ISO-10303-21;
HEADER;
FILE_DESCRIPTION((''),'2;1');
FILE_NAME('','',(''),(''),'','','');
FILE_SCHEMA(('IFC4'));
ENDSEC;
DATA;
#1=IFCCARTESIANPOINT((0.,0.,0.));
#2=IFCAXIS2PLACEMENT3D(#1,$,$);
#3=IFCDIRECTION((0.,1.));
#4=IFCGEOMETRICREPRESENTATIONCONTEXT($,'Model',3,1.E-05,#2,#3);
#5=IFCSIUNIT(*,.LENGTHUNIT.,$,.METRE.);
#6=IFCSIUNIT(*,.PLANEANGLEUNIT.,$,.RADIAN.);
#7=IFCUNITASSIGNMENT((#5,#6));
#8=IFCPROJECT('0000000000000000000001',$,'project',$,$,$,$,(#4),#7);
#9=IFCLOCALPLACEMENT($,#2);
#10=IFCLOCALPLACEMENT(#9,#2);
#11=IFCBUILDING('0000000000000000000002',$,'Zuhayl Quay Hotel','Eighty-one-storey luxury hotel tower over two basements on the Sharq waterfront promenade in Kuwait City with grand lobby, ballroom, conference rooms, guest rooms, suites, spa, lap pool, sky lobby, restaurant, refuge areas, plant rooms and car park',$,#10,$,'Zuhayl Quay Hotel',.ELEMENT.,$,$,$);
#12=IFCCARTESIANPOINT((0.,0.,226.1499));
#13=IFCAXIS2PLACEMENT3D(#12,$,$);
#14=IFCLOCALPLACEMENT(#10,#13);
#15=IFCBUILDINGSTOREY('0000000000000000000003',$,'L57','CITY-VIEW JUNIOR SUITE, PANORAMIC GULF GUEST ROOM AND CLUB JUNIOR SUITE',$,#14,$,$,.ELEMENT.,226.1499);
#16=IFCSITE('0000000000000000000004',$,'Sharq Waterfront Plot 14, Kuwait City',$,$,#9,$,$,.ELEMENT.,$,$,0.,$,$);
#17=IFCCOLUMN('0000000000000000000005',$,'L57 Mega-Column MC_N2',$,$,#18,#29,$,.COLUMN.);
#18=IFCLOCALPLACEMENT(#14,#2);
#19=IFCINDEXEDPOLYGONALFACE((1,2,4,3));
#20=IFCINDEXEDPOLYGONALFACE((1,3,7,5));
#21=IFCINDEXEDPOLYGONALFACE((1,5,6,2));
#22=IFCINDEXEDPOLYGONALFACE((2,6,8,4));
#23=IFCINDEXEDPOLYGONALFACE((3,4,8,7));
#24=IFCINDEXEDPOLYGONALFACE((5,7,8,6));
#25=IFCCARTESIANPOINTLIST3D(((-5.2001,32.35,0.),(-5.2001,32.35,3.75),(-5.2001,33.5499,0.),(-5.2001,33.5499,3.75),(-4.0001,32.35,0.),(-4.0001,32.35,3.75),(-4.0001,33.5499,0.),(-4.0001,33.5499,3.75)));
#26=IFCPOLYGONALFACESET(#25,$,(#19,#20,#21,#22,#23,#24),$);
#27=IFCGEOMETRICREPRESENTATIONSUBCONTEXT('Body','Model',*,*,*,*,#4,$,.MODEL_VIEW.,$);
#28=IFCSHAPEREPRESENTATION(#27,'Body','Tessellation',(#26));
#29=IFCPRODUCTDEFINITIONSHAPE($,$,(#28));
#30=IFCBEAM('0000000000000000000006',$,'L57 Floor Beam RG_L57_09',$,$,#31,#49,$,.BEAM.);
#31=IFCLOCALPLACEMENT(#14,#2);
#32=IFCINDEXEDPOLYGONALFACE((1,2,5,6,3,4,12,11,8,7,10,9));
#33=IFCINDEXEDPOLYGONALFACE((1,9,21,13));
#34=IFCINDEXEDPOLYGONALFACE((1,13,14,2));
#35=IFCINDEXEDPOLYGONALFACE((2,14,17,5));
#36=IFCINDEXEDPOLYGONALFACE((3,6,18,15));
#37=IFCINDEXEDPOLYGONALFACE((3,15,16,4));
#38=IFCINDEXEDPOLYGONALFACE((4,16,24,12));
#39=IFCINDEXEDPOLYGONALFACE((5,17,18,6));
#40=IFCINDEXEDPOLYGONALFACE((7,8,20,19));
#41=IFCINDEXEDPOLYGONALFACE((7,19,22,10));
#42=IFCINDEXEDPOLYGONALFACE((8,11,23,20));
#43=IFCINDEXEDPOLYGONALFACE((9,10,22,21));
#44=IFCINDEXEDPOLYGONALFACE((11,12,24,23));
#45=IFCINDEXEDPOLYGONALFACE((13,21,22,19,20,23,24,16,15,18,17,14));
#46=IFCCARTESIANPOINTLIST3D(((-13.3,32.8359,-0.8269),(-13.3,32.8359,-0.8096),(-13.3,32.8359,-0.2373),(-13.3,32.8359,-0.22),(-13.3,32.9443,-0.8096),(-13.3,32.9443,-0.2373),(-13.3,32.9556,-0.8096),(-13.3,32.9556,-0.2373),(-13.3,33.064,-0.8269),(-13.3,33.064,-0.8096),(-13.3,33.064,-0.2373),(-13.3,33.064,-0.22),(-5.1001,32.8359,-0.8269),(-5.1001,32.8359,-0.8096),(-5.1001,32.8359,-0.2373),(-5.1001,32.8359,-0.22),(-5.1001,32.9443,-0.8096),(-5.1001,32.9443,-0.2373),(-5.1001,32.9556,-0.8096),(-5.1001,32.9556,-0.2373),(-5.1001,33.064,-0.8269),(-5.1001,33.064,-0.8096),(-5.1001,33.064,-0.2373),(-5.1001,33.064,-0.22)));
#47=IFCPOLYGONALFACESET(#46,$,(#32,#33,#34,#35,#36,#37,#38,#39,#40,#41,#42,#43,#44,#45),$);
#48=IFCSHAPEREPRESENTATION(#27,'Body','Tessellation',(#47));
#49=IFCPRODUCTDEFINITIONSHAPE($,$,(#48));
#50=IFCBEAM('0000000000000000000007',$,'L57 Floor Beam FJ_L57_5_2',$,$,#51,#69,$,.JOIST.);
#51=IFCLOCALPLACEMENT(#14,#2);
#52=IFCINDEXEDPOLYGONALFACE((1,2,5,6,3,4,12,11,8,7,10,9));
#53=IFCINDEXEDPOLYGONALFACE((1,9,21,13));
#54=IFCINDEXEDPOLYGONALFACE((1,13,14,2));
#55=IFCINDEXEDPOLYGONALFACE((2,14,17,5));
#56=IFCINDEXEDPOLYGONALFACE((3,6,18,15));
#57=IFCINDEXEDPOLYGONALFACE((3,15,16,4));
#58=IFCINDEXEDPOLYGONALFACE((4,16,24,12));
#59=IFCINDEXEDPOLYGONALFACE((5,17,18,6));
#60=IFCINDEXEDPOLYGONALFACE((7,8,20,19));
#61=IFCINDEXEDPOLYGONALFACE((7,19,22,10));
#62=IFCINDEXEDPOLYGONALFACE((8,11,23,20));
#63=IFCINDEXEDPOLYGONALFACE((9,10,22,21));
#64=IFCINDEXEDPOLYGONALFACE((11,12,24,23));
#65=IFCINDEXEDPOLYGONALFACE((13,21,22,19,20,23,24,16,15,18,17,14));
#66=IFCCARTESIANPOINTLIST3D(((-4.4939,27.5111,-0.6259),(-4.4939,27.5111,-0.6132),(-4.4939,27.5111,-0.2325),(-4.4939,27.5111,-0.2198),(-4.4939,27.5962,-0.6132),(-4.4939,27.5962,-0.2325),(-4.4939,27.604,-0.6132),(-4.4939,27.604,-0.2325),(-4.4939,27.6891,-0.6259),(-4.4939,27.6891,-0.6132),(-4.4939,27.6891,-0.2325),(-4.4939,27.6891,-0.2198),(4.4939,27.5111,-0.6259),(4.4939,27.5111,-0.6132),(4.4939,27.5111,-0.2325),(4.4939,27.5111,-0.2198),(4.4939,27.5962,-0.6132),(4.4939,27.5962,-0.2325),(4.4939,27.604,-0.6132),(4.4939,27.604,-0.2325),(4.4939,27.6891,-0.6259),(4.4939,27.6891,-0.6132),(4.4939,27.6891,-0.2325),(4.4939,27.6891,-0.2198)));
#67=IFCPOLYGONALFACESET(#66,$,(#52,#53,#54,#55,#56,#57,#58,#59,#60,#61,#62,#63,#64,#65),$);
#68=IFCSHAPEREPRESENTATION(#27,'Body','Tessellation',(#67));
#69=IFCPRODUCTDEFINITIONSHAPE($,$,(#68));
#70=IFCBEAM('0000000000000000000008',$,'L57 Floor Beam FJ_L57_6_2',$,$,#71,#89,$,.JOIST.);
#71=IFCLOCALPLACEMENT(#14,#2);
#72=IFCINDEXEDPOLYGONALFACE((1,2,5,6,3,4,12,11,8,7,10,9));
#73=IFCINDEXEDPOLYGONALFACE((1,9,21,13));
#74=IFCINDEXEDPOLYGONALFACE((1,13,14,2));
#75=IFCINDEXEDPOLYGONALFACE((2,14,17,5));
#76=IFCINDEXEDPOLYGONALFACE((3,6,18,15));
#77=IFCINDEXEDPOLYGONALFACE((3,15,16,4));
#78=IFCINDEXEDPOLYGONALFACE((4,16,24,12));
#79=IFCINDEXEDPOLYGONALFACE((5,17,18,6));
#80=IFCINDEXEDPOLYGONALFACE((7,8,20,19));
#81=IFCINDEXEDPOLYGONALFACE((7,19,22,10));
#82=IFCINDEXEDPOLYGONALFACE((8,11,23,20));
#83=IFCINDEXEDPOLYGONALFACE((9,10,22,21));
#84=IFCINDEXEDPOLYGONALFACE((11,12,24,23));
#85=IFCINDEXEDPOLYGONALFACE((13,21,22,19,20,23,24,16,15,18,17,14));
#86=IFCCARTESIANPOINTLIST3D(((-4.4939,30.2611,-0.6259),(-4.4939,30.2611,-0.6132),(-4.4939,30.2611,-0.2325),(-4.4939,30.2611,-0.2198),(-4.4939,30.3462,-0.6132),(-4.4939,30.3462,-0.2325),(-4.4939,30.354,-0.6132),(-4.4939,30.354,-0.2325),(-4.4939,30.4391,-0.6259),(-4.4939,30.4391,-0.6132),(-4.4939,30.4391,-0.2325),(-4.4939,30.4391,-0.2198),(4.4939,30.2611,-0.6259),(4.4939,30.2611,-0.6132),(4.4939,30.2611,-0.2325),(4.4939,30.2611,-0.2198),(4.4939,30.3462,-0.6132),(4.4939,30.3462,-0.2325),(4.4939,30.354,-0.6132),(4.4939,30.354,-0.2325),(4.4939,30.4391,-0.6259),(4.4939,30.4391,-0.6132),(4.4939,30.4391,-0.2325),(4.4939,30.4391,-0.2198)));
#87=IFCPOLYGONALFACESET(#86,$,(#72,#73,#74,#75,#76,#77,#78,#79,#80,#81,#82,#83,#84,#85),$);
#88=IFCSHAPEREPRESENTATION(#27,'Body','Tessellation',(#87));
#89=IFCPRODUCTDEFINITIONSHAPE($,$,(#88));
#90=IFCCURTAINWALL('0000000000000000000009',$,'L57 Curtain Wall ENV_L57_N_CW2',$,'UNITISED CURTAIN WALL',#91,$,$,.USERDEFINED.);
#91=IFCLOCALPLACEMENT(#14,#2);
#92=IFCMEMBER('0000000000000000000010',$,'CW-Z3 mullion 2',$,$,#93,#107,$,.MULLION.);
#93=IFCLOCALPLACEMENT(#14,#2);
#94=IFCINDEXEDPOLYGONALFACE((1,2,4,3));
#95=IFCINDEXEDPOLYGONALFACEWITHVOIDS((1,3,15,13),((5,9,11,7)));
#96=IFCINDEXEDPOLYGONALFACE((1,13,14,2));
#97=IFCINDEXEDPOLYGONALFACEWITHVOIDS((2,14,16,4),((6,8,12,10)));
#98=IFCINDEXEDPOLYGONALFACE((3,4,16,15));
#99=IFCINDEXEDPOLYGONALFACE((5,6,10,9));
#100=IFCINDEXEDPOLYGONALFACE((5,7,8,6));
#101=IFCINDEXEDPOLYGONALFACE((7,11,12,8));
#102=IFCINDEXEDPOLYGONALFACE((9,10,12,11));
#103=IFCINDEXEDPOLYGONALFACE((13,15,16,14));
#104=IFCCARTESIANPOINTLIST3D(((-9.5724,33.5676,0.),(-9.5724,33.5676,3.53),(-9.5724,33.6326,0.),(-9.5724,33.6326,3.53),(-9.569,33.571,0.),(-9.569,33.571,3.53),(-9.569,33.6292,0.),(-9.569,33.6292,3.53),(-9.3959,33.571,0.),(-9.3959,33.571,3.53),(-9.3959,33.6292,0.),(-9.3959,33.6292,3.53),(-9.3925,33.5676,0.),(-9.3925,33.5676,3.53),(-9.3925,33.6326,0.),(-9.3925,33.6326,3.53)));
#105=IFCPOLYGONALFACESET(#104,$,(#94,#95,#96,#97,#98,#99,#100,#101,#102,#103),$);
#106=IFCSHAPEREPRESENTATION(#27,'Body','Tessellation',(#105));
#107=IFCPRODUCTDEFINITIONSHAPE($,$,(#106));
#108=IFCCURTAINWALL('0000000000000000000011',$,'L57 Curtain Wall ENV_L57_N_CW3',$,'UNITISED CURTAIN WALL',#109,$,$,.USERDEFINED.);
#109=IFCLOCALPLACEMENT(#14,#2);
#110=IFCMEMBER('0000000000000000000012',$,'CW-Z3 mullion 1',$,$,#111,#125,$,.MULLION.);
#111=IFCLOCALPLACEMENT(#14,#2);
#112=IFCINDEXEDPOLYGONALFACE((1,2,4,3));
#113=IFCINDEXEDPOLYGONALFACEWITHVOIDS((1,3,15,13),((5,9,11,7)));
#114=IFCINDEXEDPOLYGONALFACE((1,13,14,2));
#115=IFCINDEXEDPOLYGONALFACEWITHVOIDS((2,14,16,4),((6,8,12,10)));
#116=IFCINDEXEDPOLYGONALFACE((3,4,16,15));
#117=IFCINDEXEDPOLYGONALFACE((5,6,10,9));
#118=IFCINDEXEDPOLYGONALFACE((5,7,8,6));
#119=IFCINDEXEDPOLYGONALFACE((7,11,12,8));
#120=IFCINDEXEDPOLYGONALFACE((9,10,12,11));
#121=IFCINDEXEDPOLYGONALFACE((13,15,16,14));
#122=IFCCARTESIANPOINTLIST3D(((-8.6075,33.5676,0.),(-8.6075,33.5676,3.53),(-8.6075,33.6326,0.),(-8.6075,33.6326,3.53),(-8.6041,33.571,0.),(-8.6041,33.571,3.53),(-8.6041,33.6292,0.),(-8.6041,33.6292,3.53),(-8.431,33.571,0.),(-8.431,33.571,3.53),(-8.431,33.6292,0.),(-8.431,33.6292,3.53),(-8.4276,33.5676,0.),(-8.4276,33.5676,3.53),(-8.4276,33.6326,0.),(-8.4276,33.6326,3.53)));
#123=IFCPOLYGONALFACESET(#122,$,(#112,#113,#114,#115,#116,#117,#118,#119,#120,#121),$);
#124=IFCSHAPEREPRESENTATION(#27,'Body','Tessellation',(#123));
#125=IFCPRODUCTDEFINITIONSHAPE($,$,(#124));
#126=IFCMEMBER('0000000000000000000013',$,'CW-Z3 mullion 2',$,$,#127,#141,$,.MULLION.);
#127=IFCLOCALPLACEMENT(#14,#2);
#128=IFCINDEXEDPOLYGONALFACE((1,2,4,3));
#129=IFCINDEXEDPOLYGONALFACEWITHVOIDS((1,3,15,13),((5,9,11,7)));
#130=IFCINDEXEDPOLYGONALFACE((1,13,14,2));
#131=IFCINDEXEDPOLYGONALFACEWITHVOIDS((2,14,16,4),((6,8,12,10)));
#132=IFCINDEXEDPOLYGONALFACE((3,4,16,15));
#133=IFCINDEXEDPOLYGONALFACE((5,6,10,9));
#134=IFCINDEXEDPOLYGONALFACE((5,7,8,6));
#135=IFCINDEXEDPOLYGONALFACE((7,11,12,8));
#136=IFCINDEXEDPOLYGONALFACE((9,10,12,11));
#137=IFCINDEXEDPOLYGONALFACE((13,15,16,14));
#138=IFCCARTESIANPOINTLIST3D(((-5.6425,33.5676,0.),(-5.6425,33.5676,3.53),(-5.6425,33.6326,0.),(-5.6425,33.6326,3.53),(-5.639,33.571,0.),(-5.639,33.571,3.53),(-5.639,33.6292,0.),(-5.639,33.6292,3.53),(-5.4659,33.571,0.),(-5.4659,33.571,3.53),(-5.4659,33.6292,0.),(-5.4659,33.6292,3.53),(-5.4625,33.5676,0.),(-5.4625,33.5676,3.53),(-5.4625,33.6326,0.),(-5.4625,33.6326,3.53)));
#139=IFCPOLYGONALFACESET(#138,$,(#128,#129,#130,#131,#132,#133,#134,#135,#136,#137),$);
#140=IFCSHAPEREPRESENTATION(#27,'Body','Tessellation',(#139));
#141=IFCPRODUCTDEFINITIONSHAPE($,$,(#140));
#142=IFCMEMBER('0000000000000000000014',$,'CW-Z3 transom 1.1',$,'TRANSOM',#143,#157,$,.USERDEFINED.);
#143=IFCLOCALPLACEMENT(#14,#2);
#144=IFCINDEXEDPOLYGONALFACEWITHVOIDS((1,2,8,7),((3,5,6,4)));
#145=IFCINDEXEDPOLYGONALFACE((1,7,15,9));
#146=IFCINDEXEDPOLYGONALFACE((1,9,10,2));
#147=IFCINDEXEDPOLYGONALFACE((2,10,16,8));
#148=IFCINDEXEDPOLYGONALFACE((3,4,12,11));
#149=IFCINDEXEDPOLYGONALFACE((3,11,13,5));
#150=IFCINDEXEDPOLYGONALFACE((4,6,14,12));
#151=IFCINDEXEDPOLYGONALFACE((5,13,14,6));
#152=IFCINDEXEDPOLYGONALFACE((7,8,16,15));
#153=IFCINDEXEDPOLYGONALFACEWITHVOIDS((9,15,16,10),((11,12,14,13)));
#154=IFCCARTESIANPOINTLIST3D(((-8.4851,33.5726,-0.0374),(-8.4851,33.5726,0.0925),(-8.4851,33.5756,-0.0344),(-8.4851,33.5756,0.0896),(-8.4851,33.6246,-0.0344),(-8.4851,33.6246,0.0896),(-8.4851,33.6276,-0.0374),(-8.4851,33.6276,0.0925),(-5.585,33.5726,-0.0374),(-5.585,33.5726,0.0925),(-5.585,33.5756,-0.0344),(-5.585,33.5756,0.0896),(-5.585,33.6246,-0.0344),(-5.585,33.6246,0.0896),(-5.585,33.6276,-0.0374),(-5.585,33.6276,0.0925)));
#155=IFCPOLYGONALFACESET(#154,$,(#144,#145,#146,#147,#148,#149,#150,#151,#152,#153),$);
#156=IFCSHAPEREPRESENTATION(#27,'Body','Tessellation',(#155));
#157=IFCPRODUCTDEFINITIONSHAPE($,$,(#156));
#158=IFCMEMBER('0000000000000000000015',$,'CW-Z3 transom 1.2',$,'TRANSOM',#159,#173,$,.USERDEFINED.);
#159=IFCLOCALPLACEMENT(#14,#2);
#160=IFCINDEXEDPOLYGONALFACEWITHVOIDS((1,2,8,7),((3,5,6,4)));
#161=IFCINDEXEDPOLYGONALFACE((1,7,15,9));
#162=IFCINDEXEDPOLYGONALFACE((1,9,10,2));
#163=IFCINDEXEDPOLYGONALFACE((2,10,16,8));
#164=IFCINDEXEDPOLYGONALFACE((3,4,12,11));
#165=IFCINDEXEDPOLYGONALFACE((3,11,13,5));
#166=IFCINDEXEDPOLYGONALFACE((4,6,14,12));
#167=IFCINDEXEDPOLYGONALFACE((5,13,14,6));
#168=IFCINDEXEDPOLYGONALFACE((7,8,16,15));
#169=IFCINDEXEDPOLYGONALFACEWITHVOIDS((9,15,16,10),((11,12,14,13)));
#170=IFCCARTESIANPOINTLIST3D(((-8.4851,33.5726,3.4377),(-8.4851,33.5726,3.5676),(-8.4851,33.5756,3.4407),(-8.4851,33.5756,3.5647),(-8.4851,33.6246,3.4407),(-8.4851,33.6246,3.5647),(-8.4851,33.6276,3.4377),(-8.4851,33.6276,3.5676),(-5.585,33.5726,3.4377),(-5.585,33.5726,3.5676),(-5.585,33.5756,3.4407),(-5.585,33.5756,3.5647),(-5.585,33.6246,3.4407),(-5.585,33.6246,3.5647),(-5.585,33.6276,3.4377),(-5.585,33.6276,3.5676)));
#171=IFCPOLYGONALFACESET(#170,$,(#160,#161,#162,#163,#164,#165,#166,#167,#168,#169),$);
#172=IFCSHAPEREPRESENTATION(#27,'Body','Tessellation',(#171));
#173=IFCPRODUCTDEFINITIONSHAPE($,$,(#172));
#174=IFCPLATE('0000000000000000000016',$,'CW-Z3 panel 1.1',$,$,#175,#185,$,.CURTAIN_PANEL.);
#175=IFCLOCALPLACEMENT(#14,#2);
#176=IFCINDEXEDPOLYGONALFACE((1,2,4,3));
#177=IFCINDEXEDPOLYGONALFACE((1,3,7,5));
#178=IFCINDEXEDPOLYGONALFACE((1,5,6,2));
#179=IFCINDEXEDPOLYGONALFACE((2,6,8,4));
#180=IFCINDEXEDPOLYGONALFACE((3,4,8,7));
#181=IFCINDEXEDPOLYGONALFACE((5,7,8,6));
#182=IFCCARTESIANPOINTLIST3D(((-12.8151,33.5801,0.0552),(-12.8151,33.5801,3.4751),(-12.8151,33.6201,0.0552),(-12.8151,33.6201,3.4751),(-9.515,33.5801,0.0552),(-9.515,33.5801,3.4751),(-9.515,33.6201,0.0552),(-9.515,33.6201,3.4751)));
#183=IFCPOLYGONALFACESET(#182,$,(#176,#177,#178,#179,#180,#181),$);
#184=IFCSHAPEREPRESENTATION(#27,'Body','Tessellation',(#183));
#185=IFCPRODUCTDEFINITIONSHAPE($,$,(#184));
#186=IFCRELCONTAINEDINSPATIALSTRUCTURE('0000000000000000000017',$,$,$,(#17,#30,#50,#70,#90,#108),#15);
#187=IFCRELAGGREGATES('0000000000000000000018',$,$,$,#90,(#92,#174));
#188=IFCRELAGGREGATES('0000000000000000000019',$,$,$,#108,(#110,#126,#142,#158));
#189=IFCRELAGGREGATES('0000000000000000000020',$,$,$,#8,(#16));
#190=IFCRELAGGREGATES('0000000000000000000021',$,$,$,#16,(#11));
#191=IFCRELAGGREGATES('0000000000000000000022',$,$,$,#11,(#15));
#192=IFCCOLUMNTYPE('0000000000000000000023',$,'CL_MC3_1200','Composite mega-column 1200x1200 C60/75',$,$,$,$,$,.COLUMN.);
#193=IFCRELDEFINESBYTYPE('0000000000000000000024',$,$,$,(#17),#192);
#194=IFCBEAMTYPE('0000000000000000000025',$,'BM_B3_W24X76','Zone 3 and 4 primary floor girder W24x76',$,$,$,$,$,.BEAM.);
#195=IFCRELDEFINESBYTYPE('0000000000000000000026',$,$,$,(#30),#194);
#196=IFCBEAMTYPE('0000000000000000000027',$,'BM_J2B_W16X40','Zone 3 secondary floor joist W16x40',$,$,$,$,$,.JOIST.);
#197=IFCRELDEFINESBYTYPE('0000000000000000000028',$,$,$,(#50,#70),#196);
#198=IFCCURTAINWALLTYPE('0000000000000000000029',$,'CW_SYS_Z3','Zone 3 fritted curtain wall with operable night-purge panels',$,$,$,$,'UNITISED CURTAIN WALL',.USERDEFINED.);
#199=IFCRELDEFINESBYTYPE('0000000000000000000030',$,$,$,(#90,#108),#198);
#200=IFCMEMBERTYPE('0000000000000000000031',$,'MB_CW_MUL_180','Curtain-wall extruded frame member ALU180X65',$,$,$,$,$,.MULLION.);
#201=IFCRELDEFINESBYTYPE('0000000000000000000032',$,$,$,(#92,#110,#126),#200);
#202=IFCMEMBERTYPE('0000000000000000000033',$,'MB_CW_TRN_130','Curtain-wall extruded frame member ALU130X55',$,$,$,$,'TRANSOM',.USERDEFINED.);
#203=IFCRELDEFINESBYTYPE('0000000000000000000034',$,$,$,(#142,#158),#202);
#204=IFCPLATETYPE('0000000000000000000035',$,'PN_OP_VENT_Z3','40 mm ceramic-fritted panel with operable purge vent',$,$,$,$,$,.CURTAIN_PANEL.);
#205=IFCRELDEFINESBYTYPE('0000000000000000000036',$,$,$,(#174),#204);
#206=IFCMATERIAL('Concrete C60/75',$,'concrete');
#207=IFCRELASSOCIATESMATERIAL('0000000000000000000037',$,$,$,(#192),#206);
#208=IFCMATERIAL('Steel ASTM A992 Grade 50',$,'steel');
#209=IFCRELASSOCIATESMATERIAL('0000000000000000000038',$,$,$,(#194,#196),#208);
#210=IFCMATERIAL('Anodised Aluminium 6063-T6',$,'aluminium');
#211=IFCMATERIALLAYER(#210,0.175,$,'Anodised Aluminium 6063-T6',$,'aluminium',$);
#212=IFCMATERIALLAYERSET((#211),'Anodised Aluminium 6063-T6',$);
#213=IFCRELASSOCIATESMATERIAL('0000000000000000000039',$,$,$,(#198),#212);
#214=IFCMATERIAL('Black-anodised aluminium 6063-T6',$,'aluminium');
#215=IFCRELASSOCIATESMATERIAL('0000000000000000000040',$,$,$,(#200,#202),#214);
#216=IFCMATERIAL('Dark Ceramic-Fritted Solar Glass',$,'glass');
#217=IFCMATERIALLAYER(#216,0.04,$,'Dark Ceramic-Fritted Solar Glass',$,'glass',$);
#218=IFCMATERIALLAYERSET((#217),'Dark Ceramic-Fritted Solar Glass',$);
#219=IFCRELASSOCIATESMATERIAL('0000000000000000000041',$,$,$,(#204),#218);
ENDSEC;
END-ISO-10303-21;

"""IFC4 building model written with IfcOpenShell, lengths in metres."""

from ifc_helpers import new_model, si_unit, direction, frame, origin, origin_2d, place, context, subcontext, project, spatial, rectangle, hollow_rectangle, i_section, extrude, material, layer, layer_set, material_profile, profile_set, type_object, element, aggregate, save


model = new_model("IFC4")

# Units and contexts
model_context = context("Model", 3, precision=1e-05, world=origin(), true_north=direction((0.0, 1.0)))
body_context = subcontext(model_context, "Body", "Model", "MODEL_VIEW")
ifc_project = project(units=[si_unit("LENGTHUNIT", "METRE"), si_unit("PLANEANGLEUNIT", "RADIAN")], contexts=[model_context])

# Site, building, storey
site_placement = place(None, origin())
site = spatial("IfcSite", under=ifc_project, at=site_placement, Name="Sharq Waterfront Plot 14, Kuwait City", CompositionType="ELEMENT", RefElevation=0.0)
building_placement = place(site_placement, origin())
building = spatial("IfcBuilding", under=site, at=building_placement, Name="Zuhayl Quay Hotel", Description="Eighty-one-storey luxury hotel tower over two basements on the Sharq waterfront promenade in Kuwait City with grand lobby, ballroom, conference rooms, guest rooms, suites, spa, lap pool, sky lobby, restaurant, refuge areas, plant rooms and car park", LongName="Zuhayl Quay Hotel", CompositionType="ELEMENT")
storey_placement = place(building_placement, frame((0.0, 0.0, 226.1499)))
storey = spatial("IfcBuildingStorey", under=building, at=storey_placement, Name="L57", Description="CITY-VIEW JUNIOR SUITE, PANORAMIC GULF GUEST ROOM AND CLUB JUNIOR SUITE", CompositionType="ELEMENT", Elevation=226.1499)

# Column
ifc_material_1 = material(Name="Concrete C60/75", Category="concrete")
ifc_material_profile_1 = material_profile(ifc_material_1, rectangle(XDim=1.2, YDim=1.2, at=origin_2d()), Name="RC1200X1200")
ifc_profile_set_1 = profile_set([ifc_material_profile_1], Name="Concrete C60/75")
column_type = type_object("IfcColumnType", Name="CL_MC3_1200", Description="Composite mega-column 1200x1200 C60/75", PredefinedType="COLUMN", material=ifc_profile_set_1)
column_placement = place(storey_placement, frame((-4.6001, 32.95, 0.0), z_axis=(0.0, 0.0, 1.0), x_axis=(1.0, 0.0, 0.0)))
element("IfcColumn", 1, at=column_placement, inside=storey, type_object=column_type, Name="L57 Mega-Column MC_N2", PredefinedType="COLUMN", context=body_context, shape_type="SweptSolid", body=[
    extrude(rectangle(XDim=1.2, YDim=1.2, at=origin_2d()), origin(), (0.0, 0.0, 1.0), 3.75),
])

# Beams
ifc_material_2 = material(Name="Steel ASTM A992 Grade 50", Category="steel")
ifc_material_profile_2 = material_profile(ifc_material_2, i_section(OverallWidth=0.228, OverallDepth=0.6069, WebThickness=0.0112, FlangeThickness=0.0173, at=origin_2d()), Name="W24X76")
ifc_profile_set_2 = profile_set([ifc_material_profile_2], Name="Steel ASTM A992 Grade 50")
beam_type_1 = type_object("IfcBeamType", Name="BM_B3_W24X76", Description="Zone 3 and 4 primary floor girder W24x76", PredefinedType="BEAM", material=ifc_profile_set_2)
beam_placement = place(storey_placement, frame((-5.1001, 32.95, -0.5234), z_axis=(-1.0, 0.0, 0.0), x_axis=(0.0, -1.0, 0.0)))
element("IfcBeam", 2, at=beam_placement, inside=storey, type_object=beam_type_1, Name="L57 Floor Beam RG_L57_09", PredefinedType="BEAM", context=body_context, shape_type="SweptSolid", body=[
    extrude(i_section(OverallWidth=0.228, OverallDepth=0.6069, WebThickness=0.0112, FlangeThickness=0.0173, at=origin_2d()), origin(), (0.0, 0.0, 1.0), 8.2),
])
ifc_material_profile_3 = material_profile(ifc_material_2, i_section(OverallWidth=0.178, OverallDepth=0.406, WebThickness=0.0078, FlangeThickness=0.0127, at=origin_2d()), Name="W16X40")
ifc_profile_set_3 = profile_set([ifc_material_profile_3], Name="Steel ASTM A992 Grade 50")
beam_type_2 = type_object("IfcBeamType", Name="BM_J2B_W16X40", Description="Zone 3 secondary floor joist W16x40", PredefinedType="JOIST", material=ifc_profile_set_3)
for number, where, z_axis, x_axis, name in (
    (3, (-4.4939, 27.6001, -0.4229), (1.0, 0.0, 0.0), (0.0, 1.0, 0.0), "L57 Floor Beam FJ_L57_5_2"),
    (4, (-4.4939, 30.3501, -0.4229), (1.0, 0.0, 0.0), (0.0, 1.0, 0.0), "L57 Floor Beam FJ_L57_6_2"),
):
    element("IfcBeam", number, at=place(storey_placement, frame(where, z_axis=z_axis, x_axis=x_axis)), inside=storey, type_object=beam_type_2, Name=name, PredefinedType="JOIST", context=body_context, shape_type="SweptSolid", body=[
        extrude(i_section(OverallWidth=0.178, OverallDepth=0.406, WebThickness=0.0078, FlangeThickness=0.0127, at=origin_2d()), origin(), (0.0, 0.0, 1.0), 8.9878),
    ])

# Curtain wall, member
ifc_material_3 = material(Name="Anodised Aluminium 6063-T6", Category="aluminium")
ifc_layer_1 = layer(ifc_material_3, 0.175, Name="Anodised Aluminium 6063-T6", Category="aluminium")
ifc_layer_set_1 = layer_set([ifc_layer_1], Name="Anodised Aluminium 6063-T6")
curtain_wall_type = type_object("IfcCurtainWallType", Name="CW_SYS_Z3", Description="Zone 3 fritted curtain wall with operable night-purge panels", ElementType="UNITISED CURTAIN WALL", PredefinedType="USERDEFINED", material=ifc_layer_set_1)
curtain_wall_1_placement = place(storey_placement, origin())
curtain_wall_1 = element("IfcCurtainWall", 5, at=curtain_wall_1_placement, inside=storey, type_object=curtain_wall_type, Name="L57 Curtain Wall ENV_L57_N_CW2", ObjectType="UNITISED CURTAIN WALL", PredefinedType="USERDEFINED")
ifc_material_4 = material(Name="Black-anodised aluminium 6063-T6", Category="aluminium")
ifc_material_profile_4 = material_profile(ifc_material_4, hollow_rectangle(XDim=0.0649, YDim=0.1799, WallThickness=0.0034, at=origin_2d()), Name="ALU180X65")
ifc_profile_set_4 = profile_set([ifc_material_profile_4], Name="Black-anodised aluminium 6063-T6")
member_type_1 = type_object("IfcMemberType", Name="MB_CW_MUL_180", Description="Curtain-wall extruded frame member ALU180X65", PredefinedType="MULLION", material=ifc_profile_set_4)
member_1_placement = place(storey_placement, frame((-9.4824, 33.6001, 0.0), z_axis=(0.0, 0.0, 1.0), x_axis=(0.0, 1.0, 0.0)))
member_1 = element("IfcMember", 6, at=member_1_placement, type_object=member_type_1, Name="CW-Z3 mullion 2", PredefinedType="MULLION", context=body_context, shape_type="SweptSolid", body=[
    extrude(hollow_rectangle(XDim=0.0649, YDim=0.1799, WallThickness=0.0034, at=origin_2d()), origin(), (0.0, 0.0, 1.0), 3.53),
])

# Curtain wall, members
curtain_wall_2_placement = place(storey_placement, origin())
curtain_wall_2 = element("IfcCurtainWall", 7, at=curtain_wall_2_placement, inside=storey, type_object=curtain_wall_type, Name="L57 Curtain Wall ENV_L57_N_CW3", ObjectType="UNITISED CURTAIN WALL", PredefinedType="USERDEFINED")
member_2_placement = place(storey_placement, frame((-8.5176, 33.6001, 0.0), z_axis=(0.0, 0.0, 1.0), x_axis=(0.0, 1.0, 0.0)))
member_2 = element("IfcMember", 8, at=member_2_placement, type_object=member_type_1, Name="CW-Z3 mullion 1", PredefinedType="MULLION", context=body_context, shape_type="SweptSolid", body=[
    extrude(hollow_rectangle(XDim=0.0649, YDim=0.1799, WallThickness=0.0034, at=origin_2d()), origin(), (0.0, 0.0, 1.0), 3.53),
])
member_3_placement = place(storey_placement, frame((-5.5525, 33.6001, 0.0), z_axis=(0.0, 0.0, 1.0), x_axis=(0.0, 1.0, 0.0)))
member_3 = element("IfcMember", 9, at=member_3_placement, type_object=member_type_1, Name="CW-Z3 mullion 2", PredefinedType="MULLION", context=body_context, shape_type="SweptSolid", body=[
    extrude(hollow_rectangle(XDim=0.0649, YDim=0.1799, WallThickness=0.0034, at=origin_2d()), origin(), (0.0, 0.0, 1.0), 3.53),
])
ifc_material_profile_5 = material_profile(ifc_material_4, hollow_rectangle(XDim=0.0549, YDim=0.1299, WallThickness=0.0029, at=origin_2d()), Name="ALU130X55")
ifc_profile_set_5 = profile_set([ifc_material_profile_5], Name="Black-anodised aluminium 6063-T6")
member_type_2 = type_object("IfcMemberType", Name="MB_CW_TRN_130", Description="Curtain-wall extruded frame member ALU130X55", ElementType="TRANSOM", PredefinedType="USERDEFINED", material=ifc_profile_set_5)
member_4_placement = place(storey_placement, frame((-8.4851, 33.6001, 0.0276), z_axis=(1.0, 0.0, 0.0), x_axis=(0.0, 1.0, 0.0)))
member_4 = element("IfcMember", 10, at=member_4_placement, type_object=member_type_2, Name="CW-Z3 transom 1.1", ObjectType="TRANSOM", PredefinedType="USERDEFINED", context=body_context, shape_type="SweptSolid", body=[
    extrude(hollow_rectangle(XDim=0.0549, YDim=0.1299, WallThickness=0.0029, at=origin_2d()), origin(), (0.0, 0.0, 1.0), 2.9001),
])
member_5_placement = place(storey_placement, frame((-8.4851, 33.6001, 3.5027), z_axis=(1.0, 0.0, 0.0), x_axis=(0.0, 1.0, 0.0)))
member_5 = element("IfcMember", 11, at=member_5_placement, type_object=member_type_2, Name="CW-Z3 transom 1.2", ObjectType="TRANSOM", PredefinedType="USERDEFINED", context=body_context, shape_type="SweptSolid", body=[
    extrude(hollow_rectangle(XDim=0.0549, YDim=0.1299, WallThickness=0.0029, at=origin_2d()), origin(), (0.0, 0.0, 1.0), 2.9001),
])

# Plate
ifc_material_5 = material(Name="Dark Ceramic-Fritted Solar Glass", Category="glass")
ifc_layer_2 = layer(ifc_material_5, 0.04, Name="Dark Ceramic-Fritted Solar Glass", Category="glass")
ifc_layer_set_2 = layer_set([ifc_layer_2], Name="Dark Ceramic-Fritted Solar Glass")
plate_type = type_object("IfcPlateType", Name="PN_OP_VENT_Z3", Description="40 mm ceramic-fritted panel with operable purge vent", PredefinedType="CURTAIN_PANEL", material=ifc_layer_set_2)
plate_1_placement = place(storey_placement, frame((-11.165, 33.6001, 0.0552), z_axis=(0.0, 0.0, 1.0), x_axis=(1.0, 0.0, 0.0)))
plate_1 = element("IfcPlate", 12, at=plate_1_placement, type_object=plate_type, Name="CW-Z3 panel 1.1", PredefinedType="CURTAIN_PANEL", context=body_context, shape_type="SweptSolid", body=[
    extrude(rectangle(XDim=3.3, YDim=0.04, at=origin_2d()), origin(), (0.0, 0.0, 1.0), 3.4199),
])
aggregate(curtain_wall_1, [member_1, plate_1])
aggregate(curtain_wall_2, [member_2, member_3, member_4, member_5])

save(model, "model.ifc")
